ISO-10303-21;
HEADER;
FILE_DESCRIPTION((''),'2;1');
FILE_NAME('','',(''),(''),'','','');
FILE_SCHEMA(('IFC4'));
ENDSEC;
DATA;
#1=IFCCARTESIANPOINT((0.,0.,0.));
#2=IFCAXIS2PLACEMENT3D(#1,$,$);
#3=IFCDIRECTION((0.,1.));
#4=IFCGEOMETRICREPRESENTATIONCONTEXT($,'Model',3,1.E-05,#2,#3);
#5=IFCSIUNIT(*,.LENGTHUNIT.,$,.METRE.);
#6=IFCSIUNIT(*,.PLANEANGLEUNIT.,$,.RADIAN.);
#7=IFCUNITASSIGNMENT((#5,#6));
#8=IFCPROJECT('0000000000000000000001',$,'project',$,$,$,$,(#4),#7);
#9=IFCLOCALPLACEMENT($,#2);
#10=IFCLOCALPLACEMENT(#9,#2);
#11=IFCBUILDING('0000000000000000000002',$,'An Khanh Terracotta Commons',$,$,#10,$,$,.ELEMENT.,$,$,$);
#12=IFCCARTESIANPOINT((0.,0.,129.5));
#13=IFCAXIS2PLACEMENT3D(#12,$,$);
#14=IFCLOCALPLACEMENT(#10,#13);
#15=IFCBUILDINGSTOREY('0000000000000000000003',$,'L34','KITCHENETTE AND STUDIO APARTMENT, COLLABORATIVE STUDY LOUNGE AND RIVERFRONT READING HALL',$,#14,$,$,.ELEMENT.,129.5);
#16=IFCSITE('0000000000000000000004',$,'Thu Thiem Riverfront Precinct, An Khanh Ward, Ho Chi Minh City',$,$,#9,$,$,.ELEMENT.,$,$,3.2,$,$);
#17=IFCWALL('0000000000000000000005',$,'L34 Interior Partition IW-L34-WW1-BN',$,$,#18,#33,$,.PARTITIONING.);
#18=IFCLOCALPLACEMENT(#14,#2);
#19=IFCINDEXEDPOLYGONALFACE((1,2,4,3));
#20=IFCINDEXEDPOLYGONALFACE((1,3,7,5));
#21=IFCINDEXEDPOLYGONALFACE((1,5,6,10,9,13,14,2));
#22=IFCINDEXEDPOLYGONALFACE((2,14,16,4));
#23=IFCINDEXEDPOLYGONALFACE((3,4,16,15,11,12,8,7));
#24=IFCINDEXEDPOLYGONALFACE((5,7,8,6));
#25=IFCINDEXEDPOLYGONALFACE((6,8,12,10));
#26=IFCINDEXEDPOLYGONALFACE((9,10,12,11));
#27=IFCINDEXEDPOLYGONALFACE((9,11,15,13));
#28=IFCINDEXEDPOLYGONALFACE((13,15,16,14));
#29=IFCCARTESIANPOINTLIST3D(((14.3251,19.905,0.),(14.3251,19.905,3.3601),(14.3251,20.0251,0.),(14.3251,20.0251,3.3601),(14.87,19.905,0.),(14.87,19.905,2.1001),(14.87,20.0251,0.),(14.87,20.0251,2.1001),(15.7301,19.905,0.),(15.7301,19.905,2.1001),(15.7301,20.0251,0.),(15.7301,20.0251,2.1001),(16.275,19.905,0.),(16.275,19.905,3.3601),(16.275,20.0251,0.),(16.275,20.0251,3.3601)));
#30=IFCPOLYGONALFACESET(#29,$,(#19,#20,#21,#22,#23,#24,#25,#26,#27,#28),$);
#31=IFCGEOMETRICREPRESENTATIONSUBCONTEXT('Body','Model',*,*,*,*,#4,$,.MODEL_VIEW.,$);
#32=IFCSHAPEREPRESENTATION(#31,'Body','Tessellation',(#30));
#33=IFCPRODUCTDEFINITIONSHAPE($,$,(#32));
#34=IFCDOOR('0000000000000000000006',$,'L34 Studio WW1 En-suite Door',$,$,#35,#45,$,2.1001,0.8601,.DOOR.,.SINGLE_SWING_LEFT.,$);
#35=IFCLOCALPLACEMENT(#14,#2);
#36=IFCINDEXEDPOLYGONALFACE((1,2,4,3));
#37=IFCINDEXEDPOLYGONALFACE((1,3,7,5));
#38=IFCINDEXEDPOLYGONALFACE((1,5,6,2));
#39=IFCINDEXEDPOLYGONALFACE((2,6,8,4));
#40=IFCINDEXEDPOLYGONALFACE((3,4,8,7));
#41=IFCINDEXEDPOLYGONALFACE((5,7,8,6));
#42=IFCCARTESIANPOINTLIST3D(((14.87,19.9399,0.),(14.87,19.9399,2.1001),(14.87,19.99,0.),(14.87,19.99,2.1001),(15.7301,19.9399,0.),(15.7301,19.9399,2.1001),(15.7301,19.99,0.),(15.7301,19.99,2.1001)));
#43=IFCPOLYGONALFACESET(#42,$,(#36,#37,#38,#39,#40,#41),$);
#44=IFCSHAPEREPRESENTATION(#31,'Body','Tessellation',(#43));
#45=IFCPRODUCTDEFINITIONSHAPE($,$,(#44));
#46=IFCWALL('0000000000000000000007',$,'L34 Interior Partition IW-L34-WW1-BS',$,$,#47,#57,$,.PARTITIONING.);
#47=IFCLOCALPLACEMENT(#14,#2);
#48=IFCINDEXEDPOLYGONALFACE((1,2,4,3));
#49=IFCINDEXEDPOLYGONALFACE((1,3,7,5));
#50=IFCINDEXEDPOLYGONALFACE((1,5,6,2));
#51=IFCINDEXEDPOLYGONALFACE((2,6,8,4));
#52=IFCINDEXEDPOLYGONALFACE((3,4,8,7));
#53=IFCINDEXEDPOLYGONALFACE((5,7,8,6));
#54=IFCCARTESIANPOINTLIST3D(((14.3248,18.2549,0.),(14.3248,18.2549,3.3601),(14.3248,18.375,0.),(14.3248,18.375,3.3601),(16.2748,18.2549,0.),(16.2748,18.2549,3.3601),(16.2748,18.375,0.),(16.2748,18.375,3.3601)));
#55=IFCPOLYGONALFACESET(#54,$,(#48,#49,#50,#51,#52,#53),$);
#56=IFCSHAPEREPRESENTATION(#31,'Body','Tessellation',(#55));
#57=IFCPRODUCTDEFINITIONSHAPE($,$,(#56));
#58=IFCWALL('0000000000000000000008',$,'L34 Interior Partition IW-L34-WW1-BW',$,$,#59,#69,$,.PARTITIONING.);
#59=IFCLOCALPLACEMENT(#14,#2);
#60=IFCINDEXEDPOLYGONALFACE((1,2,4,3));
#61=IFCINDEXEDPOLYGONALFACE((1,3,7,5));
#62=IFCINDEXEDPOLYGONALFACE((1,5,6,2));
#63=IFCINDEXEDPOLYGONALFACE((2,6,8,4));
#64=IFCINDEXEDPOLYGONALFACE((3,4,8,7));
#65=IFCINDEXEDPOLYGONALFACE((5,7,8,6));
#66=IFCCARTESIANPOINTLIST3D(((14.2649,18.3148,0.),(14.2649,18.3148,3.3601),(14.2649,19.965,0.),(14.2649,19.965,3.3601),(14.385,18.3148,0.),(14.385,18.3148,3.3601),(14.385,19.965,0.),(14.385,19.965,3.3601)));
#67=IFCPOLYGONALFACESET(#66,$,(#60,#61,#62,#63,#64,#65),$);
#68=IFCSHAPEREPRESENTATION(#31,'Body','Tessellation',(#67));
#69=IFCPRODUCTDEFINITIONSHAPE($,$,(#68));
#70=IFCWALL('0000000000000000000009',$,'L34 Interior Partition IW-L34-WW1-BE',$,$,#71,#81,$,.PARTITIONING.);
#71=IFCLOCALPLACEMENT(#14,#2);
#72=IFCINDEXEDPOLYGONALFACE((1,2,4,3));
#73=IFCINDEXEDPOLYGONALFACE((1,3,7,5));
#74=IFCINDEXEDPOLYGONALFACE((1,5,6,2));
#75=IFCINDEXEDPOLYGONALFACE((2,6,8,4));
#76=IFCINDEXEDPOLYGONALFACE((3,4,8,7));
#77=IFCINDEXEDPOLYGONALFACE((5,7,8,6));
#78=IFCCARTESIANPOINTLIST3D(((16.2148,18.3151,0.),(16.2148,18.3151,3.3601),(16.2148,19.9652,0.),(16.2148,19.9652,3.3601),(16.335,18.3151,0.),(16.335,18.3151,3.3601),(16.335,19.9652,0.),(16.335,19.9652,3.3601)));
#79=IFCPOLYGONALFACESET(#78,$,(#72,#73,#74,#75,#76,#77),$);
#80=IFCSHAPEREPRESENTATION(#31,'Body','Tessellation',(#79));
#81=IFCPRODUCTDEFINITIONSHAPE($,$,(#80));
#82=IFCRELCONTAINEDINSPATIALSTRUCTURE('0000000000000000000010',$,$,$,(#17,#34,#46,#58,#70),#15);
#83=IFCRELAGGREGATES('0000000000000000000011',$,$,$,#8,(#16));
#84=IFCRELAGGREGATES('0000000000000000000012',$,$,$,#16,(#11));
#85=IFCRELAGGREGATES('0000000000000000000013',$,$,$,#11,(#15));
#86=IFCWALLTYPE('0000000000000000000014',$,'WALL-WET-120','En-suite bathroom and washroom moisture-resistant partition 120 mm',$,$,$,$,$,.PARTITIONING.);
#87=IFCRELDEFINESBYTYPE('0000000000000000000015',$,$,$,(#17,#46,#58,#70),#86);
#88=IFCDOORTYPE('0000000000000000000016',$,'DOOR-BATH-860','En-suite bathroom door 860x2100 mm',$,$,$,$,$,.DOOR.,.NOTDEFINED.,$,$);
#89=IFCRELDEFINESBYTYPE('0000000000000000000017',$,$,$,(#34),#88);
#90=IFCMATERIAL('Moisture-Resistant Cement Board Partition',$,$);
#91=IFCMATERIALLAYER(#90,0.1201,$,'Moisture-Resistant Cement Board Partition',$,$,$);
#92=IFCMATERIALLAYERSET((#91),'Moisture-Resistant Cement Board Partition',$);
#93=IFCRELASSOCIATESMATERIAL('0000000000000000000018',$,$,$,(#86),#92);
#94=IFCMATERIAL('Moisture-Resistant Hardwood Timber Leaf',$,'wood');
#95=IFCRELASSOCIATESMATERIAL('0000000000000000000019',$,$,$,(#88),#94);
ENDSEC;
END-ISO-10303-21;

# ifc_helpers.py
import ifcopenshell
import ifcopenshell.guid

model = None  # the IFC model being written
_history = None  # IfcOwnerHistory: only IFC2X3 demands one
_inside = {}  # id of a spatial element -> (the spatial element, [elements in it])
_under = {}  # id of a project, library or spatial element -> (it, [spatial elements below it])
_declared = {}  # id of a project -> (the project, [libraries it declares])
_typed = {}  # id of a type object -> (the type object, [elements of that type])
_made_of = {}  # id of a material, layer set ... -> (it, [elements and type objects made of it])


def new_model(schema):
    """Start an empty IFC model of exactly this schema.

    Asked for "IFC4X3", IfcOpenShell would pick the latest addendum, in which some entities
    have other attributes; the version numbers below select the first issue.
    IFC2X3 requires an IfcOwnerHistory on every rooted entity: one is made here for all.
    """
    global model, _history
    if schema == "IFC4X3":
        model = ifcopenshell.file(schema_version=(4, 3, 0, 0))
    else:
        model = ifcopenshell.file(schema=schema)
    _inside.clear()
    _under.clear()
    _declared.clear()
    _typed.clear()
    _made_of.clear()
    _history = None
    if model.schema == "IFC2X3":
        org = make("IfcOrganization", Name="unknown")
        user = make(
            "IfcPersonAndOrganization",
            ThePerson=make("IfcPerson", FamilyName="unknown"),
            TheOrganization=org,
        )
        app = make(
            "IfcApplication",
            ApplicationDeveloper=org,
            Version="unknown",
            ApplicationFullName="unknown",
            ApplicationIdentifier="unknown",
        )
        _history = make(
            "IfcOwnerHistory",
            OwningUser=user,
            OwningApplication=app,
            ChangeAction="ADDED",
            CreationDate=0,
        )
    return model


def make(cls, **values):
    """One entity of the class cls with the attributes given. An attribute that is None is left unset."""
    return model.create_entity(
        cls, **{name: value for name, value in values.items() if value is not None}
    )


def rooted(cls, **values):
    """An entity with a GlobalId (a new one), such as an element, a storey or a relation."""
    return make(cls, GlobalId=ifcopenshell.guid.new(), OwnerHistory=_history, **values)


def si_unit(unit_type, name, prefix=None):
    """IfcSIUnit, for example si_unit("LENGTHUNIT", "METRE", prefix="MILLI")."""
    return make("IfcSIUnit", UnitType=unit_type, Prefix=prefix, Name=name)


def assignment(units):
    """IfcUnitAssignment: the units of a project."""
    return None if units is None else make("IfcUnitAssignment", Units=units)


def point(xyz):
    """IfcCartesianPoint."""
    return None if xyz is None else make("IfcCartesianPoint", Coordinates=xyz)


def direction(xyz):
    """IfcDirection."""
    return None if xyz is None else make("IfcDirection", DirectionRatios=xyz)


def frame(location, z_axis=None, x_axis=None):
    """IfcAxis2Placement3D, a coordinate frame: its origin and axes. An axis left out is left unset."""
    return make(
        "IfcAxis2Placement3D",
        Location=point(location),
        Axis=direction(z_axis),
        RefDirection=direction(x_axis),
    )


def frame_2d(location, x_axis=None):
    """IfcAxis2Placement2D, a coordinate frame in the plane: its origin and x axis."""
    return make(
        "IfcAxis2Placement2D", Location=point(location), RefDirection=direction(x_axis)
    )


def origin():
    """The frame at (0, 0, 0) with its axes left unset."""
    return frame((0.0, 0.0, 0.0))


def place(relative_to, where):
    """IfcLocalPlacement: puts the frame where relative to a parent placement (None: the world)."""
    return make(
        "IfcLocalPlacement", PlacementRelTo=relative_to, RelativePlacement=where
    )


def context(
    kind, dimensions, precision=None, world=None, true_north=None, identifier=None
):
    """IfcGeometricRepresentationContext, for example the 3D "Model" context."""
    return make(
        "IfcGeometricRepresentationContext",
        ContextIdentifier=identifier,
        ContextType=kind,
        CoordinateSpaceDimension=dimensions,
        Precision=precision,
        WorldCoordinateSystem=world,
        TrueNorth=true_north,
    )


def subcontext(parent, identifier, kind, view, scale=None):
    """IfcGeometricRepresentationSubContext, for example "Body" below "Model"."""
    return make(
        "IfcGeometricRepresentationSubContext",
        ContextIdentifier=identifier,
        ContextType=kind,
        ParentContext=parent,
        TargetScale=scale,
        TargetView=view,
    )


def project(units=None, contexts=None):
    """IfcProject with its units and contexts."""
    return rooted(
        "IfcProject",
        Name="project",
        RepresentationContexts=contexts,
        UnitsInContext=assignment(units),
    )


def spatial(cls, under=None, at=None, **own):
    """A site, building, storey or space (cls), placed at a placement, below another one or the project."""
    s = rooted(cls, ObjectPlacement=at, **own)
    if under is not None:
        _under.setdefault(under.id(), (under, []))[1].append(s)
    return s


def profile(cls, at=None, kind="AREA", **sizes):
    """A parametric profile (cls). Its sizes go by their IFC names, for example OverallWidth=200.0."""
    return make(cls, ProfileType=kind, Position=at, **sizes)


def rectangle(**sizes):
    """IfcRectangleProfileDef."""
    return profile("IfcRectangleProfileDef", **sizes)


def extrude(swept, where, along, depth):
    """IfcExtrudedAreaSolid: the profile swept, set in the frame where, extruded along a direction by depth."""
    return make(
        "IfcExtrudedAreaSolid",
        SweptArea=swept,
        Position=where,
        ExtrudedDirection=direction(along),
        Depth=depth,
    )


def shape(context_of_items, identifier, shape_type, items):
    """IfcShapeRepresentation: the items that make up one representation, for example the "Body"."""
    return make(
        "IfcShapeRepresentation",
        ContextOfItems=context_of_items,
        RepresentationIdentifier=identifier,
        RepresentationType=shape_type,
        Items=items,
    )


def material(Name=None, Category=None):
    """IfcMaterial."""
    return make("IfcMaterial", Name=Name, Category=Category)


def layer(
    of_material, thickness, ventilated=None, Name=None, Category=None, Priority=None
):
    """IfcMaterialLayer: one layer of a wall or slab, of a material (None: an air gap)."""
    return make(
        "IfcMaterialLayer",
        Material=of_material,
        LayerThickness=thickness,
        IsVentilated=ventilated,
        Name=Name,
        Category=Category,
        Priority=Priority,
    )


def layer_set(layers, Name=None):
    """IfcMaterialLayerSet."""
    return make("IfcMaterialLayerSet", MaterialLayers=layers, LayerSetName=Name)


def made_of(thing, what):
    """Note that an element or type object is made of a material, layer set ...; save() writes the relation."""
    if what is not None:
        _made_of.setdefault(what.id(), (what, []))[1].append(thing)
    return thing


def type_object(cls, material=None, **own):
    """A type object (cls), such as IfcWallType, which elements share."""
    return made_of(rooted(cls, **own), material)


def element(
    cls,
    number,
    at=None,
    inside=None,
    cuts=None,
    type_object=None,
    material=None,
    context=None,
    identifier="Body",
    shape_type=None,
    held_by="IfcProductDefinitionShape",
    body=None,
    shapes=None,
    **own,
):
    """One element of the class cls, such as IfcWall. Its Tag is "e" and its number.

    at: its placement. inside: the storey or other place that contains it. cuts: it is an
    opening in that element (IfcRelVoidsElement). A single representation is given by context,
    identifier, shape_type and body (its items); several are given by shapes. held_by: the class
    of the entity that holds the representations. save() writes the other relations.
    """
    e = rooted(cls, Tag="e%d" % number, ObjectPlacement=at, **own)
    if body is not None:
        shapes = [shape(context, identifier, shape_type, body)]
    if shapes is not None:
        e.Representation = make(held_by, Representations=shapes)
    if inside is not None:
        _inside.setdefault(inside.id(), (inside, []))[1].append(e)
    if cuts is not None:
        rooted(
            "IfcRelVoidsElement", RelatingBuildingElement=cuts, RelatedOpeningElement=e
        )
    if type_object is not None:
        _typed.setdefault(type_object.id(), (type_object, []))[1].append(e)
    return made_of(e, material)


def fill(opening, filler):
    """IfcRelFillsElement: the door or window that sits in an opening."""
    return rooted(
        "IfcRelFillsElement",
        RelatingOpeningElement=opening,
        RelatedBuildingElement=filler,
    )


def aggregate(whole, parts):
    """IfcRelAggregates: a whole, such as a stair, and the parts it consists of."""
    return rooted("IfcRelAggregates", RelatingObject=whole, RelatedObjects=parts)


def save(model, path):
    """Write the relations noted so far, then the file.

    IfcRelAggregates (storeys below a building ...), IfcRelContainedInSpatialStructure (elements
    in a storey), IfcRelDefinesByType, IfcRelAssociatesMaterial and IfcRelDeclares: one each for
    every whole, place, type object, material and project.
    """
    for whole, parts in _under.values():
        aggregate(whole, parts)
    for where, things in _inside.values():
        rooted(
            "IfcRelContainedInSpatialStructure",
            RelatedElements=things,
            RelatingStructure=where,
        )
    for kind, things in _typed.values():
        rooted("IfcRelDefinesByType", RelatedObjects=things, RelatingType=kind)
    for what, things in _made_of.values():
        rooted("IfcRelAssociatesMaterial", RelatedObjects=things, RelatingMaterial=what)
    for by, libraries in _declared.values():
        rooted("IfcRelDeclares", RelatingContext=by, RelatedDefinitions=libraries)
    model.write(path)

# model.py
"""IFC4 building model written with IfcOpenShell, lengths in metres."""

from ifc_helpers import new_model, si_unit, direction, frame, frame_2d, origin, place, context, subcontext, project, spatial, rectangle, extrude, material, layer, layer_set, type_object, element, fill, save


model = new_model("IFC4")

# Units and contexts
model_context = context("Model", 3, precision=1e-05, world=origin(), true_north=direction((0.0, 1.0)))
body_context = subcontext(model_context, "Body", "Model", "MODEL_VIEW")
ifc_project = project(units=[si_unit("LENGTHUNIT", "METRE"), si_unit("PLANEANGLEUNIT", "RADIAN")], contexts=[model_context])

# Site, building, storey
site_placement = place(None, origin())
site = spatial("IfcSite", under=ifc_project, at=site_placement, Name="Thu Thiem Riverfront Precinct, An Khanh Ward, Ho Chi Minh City", CompositionType="ELEMENT", RefElevation=3.2)
building_placement = place(site_placement, origin())
building = spatial("IfcBuilding", under=site, at=building_placement, Name="An Khanh Terracotta Commons", CompositionType="ELEMENT")
storey_placement = place(building_placement, frame((0.0, 0.0, 129.5)))
storey = spatial("IfcBuildingStorey", under=building, at=storey_placement, Name="L34", Description="KITCHENETTE AND STUDIO APARTMENT, COLLABORATIVE STUDY LOUNGE AND RIVERFRONT READING HALL", CompositionType="ELEMENT", Elevation=129.5)

# Wall, opening, door
ifc_material_1 = material(Name="Moisture-Resistant Cement Board Partition")
ifc_layer_1 = layer(ifc_material_1, 0.1201, Name="Moisture-Resistant Cement Board Partition")
ifc_layer_set_1 = layer_set([ifc_layer_1], Name="Moisture-Resistant Cement Board Partition")
wall_type_1 = type_object("IfcWallType", Name="WALL-WET-120", Description="En-suite bathroom and washroom moisture-resistant partition 120 mm", PredefinedType="PARTITIONING", material=ifc_layer_set_1)
wall_1_placement = place(storey_placement, frame((14.325, 19.9651, 0.0), z_axis=(0.0, 0.0, 1.0), x_axis=(1.0, 0.0, 0.0)))
wall_1 = element("IfcWall", 1, at=wall_1_placement, inside=storey, type_object=wall_type_1, Name="L34 Interior Partition IW-L34-WW1-BN", PredefinedType="PARTITIONING", context=body_context, shape_type="SweptSolid", body=[
    extrude(rectangle(XDim=1.95, YDim=0.1201, at=frame_2d((0.9751, 0.0))), origin(), (0.0, 0.0, 1.0), 3.3601),
])
opening_1_placement = place(wall_1_placement, frame((0.5449, 0.0, 0.0)))
opening_1 = element("IfcOpeningElement", 2, at=opening_1_placement, cuts=wall_1, PredefinedType="OPENING", context=body_context, shape_type="SweptSolid", body=[
    extrude(rectangle(XDim=0.8601, YDim=2.1001, at=frame_2d((0.4302, 1.05))), frame((0.0, 0.0701, 0.0), z_axis=(0.0, -1.0, 0.0), x_axis=(1.0, 0.0, 0.0)), (0.0, 0.0, 1.0), 0.1401),
])
ifc_material_2 = material(Name="Moisture-Resistant Hardwood Timber Leaf", Category="wood")
door_type_1 = type_object("IfcDoorType", Name="DOOR-BATH-860", Description="En-suite bathroom door 860x2100 mm", OperationType="NOTDEFINED", PredefinedType="DOOR", material=ifc_material_2)
door_1_placement = place(opening_1_placement, origin())
door_1 = element("IfcDoor", 3, at=door_1_placement, inside=storey, type_object=door_type_1, Name="L34 Studio WW1 En-suite Door", OperationType="SINGLE_SWING_LEFT", OverallHeight=2.1001, OverallWidth=0.8601, PredefinedType="DOOR", context=body_context, shape_type="SweptSolid", body=[
    extrude(rectangle(XDim=0.8601, YDim=2.1001, at=frame_2d((0.4302, 1.05))), frame((0.0, 0.0249, 0.0), z_axis=(0.0, -1.0, 0.0), x_axis=(1.0, 0.0, 0.0)), (0.0, 0.0, 1.0), 0.05),
])
fill(opening_1, door_1)

# Walls
wall_2_placement = place(storey_placement, frame((16.2749, 18.3149, 0.0), z_axis=(0.0, 0.0, 1.0), x_axis=(-1.0, 0.0, 0.0)))
element("IfcWall", 4, at=wall_2_placement, inside=storey, type_object=wall_type_1, Name="L34 Interior Partition IW-L34-WW1-BS", PredefinedType="PARTITIONING", context=body_context, shape_type="SweptSolid", body=[
    extrude(rectangle(XDim=1.95, YDim=0.1201, at=frame_2d((0.9751, 0.0))), origin(), (0.0, 0.0, 1.0), 3.3601),
])
for number, where, z_axis, x_axis, name in (
    (5, (14.325, 19.9651, 0.0), (0.0, 0.0, 1.0), (0.0, -1.0, 0.0), "L34 Interior Partition IW-L34-WW1-BW"),
    (6, (16.2749, 18.3149, 0.0), (0.0, 0.0, 1.0), (0.0, 1.0, 0.0), "L34 Interior Partition IW-L34-WW1-BE"),
):
    element("IfcWall", number, at=place(storey_placement, frame(where, z_axis=z_axis, x_axis=x_axis)), inside=storey, type_object=wall_type_1, Name=name, PredefinedType="PARTITIONING", context=body_context, shape_type="SweptSolid", body=[
        extrude(rectangle(XDim=1.6501, YDim=0.1201, at=frame_2d((0.8252, 0.0))), origin(), (0.0, 0.0, 1.0), 3.3601),
    ])

save(model, "model.ifc")
